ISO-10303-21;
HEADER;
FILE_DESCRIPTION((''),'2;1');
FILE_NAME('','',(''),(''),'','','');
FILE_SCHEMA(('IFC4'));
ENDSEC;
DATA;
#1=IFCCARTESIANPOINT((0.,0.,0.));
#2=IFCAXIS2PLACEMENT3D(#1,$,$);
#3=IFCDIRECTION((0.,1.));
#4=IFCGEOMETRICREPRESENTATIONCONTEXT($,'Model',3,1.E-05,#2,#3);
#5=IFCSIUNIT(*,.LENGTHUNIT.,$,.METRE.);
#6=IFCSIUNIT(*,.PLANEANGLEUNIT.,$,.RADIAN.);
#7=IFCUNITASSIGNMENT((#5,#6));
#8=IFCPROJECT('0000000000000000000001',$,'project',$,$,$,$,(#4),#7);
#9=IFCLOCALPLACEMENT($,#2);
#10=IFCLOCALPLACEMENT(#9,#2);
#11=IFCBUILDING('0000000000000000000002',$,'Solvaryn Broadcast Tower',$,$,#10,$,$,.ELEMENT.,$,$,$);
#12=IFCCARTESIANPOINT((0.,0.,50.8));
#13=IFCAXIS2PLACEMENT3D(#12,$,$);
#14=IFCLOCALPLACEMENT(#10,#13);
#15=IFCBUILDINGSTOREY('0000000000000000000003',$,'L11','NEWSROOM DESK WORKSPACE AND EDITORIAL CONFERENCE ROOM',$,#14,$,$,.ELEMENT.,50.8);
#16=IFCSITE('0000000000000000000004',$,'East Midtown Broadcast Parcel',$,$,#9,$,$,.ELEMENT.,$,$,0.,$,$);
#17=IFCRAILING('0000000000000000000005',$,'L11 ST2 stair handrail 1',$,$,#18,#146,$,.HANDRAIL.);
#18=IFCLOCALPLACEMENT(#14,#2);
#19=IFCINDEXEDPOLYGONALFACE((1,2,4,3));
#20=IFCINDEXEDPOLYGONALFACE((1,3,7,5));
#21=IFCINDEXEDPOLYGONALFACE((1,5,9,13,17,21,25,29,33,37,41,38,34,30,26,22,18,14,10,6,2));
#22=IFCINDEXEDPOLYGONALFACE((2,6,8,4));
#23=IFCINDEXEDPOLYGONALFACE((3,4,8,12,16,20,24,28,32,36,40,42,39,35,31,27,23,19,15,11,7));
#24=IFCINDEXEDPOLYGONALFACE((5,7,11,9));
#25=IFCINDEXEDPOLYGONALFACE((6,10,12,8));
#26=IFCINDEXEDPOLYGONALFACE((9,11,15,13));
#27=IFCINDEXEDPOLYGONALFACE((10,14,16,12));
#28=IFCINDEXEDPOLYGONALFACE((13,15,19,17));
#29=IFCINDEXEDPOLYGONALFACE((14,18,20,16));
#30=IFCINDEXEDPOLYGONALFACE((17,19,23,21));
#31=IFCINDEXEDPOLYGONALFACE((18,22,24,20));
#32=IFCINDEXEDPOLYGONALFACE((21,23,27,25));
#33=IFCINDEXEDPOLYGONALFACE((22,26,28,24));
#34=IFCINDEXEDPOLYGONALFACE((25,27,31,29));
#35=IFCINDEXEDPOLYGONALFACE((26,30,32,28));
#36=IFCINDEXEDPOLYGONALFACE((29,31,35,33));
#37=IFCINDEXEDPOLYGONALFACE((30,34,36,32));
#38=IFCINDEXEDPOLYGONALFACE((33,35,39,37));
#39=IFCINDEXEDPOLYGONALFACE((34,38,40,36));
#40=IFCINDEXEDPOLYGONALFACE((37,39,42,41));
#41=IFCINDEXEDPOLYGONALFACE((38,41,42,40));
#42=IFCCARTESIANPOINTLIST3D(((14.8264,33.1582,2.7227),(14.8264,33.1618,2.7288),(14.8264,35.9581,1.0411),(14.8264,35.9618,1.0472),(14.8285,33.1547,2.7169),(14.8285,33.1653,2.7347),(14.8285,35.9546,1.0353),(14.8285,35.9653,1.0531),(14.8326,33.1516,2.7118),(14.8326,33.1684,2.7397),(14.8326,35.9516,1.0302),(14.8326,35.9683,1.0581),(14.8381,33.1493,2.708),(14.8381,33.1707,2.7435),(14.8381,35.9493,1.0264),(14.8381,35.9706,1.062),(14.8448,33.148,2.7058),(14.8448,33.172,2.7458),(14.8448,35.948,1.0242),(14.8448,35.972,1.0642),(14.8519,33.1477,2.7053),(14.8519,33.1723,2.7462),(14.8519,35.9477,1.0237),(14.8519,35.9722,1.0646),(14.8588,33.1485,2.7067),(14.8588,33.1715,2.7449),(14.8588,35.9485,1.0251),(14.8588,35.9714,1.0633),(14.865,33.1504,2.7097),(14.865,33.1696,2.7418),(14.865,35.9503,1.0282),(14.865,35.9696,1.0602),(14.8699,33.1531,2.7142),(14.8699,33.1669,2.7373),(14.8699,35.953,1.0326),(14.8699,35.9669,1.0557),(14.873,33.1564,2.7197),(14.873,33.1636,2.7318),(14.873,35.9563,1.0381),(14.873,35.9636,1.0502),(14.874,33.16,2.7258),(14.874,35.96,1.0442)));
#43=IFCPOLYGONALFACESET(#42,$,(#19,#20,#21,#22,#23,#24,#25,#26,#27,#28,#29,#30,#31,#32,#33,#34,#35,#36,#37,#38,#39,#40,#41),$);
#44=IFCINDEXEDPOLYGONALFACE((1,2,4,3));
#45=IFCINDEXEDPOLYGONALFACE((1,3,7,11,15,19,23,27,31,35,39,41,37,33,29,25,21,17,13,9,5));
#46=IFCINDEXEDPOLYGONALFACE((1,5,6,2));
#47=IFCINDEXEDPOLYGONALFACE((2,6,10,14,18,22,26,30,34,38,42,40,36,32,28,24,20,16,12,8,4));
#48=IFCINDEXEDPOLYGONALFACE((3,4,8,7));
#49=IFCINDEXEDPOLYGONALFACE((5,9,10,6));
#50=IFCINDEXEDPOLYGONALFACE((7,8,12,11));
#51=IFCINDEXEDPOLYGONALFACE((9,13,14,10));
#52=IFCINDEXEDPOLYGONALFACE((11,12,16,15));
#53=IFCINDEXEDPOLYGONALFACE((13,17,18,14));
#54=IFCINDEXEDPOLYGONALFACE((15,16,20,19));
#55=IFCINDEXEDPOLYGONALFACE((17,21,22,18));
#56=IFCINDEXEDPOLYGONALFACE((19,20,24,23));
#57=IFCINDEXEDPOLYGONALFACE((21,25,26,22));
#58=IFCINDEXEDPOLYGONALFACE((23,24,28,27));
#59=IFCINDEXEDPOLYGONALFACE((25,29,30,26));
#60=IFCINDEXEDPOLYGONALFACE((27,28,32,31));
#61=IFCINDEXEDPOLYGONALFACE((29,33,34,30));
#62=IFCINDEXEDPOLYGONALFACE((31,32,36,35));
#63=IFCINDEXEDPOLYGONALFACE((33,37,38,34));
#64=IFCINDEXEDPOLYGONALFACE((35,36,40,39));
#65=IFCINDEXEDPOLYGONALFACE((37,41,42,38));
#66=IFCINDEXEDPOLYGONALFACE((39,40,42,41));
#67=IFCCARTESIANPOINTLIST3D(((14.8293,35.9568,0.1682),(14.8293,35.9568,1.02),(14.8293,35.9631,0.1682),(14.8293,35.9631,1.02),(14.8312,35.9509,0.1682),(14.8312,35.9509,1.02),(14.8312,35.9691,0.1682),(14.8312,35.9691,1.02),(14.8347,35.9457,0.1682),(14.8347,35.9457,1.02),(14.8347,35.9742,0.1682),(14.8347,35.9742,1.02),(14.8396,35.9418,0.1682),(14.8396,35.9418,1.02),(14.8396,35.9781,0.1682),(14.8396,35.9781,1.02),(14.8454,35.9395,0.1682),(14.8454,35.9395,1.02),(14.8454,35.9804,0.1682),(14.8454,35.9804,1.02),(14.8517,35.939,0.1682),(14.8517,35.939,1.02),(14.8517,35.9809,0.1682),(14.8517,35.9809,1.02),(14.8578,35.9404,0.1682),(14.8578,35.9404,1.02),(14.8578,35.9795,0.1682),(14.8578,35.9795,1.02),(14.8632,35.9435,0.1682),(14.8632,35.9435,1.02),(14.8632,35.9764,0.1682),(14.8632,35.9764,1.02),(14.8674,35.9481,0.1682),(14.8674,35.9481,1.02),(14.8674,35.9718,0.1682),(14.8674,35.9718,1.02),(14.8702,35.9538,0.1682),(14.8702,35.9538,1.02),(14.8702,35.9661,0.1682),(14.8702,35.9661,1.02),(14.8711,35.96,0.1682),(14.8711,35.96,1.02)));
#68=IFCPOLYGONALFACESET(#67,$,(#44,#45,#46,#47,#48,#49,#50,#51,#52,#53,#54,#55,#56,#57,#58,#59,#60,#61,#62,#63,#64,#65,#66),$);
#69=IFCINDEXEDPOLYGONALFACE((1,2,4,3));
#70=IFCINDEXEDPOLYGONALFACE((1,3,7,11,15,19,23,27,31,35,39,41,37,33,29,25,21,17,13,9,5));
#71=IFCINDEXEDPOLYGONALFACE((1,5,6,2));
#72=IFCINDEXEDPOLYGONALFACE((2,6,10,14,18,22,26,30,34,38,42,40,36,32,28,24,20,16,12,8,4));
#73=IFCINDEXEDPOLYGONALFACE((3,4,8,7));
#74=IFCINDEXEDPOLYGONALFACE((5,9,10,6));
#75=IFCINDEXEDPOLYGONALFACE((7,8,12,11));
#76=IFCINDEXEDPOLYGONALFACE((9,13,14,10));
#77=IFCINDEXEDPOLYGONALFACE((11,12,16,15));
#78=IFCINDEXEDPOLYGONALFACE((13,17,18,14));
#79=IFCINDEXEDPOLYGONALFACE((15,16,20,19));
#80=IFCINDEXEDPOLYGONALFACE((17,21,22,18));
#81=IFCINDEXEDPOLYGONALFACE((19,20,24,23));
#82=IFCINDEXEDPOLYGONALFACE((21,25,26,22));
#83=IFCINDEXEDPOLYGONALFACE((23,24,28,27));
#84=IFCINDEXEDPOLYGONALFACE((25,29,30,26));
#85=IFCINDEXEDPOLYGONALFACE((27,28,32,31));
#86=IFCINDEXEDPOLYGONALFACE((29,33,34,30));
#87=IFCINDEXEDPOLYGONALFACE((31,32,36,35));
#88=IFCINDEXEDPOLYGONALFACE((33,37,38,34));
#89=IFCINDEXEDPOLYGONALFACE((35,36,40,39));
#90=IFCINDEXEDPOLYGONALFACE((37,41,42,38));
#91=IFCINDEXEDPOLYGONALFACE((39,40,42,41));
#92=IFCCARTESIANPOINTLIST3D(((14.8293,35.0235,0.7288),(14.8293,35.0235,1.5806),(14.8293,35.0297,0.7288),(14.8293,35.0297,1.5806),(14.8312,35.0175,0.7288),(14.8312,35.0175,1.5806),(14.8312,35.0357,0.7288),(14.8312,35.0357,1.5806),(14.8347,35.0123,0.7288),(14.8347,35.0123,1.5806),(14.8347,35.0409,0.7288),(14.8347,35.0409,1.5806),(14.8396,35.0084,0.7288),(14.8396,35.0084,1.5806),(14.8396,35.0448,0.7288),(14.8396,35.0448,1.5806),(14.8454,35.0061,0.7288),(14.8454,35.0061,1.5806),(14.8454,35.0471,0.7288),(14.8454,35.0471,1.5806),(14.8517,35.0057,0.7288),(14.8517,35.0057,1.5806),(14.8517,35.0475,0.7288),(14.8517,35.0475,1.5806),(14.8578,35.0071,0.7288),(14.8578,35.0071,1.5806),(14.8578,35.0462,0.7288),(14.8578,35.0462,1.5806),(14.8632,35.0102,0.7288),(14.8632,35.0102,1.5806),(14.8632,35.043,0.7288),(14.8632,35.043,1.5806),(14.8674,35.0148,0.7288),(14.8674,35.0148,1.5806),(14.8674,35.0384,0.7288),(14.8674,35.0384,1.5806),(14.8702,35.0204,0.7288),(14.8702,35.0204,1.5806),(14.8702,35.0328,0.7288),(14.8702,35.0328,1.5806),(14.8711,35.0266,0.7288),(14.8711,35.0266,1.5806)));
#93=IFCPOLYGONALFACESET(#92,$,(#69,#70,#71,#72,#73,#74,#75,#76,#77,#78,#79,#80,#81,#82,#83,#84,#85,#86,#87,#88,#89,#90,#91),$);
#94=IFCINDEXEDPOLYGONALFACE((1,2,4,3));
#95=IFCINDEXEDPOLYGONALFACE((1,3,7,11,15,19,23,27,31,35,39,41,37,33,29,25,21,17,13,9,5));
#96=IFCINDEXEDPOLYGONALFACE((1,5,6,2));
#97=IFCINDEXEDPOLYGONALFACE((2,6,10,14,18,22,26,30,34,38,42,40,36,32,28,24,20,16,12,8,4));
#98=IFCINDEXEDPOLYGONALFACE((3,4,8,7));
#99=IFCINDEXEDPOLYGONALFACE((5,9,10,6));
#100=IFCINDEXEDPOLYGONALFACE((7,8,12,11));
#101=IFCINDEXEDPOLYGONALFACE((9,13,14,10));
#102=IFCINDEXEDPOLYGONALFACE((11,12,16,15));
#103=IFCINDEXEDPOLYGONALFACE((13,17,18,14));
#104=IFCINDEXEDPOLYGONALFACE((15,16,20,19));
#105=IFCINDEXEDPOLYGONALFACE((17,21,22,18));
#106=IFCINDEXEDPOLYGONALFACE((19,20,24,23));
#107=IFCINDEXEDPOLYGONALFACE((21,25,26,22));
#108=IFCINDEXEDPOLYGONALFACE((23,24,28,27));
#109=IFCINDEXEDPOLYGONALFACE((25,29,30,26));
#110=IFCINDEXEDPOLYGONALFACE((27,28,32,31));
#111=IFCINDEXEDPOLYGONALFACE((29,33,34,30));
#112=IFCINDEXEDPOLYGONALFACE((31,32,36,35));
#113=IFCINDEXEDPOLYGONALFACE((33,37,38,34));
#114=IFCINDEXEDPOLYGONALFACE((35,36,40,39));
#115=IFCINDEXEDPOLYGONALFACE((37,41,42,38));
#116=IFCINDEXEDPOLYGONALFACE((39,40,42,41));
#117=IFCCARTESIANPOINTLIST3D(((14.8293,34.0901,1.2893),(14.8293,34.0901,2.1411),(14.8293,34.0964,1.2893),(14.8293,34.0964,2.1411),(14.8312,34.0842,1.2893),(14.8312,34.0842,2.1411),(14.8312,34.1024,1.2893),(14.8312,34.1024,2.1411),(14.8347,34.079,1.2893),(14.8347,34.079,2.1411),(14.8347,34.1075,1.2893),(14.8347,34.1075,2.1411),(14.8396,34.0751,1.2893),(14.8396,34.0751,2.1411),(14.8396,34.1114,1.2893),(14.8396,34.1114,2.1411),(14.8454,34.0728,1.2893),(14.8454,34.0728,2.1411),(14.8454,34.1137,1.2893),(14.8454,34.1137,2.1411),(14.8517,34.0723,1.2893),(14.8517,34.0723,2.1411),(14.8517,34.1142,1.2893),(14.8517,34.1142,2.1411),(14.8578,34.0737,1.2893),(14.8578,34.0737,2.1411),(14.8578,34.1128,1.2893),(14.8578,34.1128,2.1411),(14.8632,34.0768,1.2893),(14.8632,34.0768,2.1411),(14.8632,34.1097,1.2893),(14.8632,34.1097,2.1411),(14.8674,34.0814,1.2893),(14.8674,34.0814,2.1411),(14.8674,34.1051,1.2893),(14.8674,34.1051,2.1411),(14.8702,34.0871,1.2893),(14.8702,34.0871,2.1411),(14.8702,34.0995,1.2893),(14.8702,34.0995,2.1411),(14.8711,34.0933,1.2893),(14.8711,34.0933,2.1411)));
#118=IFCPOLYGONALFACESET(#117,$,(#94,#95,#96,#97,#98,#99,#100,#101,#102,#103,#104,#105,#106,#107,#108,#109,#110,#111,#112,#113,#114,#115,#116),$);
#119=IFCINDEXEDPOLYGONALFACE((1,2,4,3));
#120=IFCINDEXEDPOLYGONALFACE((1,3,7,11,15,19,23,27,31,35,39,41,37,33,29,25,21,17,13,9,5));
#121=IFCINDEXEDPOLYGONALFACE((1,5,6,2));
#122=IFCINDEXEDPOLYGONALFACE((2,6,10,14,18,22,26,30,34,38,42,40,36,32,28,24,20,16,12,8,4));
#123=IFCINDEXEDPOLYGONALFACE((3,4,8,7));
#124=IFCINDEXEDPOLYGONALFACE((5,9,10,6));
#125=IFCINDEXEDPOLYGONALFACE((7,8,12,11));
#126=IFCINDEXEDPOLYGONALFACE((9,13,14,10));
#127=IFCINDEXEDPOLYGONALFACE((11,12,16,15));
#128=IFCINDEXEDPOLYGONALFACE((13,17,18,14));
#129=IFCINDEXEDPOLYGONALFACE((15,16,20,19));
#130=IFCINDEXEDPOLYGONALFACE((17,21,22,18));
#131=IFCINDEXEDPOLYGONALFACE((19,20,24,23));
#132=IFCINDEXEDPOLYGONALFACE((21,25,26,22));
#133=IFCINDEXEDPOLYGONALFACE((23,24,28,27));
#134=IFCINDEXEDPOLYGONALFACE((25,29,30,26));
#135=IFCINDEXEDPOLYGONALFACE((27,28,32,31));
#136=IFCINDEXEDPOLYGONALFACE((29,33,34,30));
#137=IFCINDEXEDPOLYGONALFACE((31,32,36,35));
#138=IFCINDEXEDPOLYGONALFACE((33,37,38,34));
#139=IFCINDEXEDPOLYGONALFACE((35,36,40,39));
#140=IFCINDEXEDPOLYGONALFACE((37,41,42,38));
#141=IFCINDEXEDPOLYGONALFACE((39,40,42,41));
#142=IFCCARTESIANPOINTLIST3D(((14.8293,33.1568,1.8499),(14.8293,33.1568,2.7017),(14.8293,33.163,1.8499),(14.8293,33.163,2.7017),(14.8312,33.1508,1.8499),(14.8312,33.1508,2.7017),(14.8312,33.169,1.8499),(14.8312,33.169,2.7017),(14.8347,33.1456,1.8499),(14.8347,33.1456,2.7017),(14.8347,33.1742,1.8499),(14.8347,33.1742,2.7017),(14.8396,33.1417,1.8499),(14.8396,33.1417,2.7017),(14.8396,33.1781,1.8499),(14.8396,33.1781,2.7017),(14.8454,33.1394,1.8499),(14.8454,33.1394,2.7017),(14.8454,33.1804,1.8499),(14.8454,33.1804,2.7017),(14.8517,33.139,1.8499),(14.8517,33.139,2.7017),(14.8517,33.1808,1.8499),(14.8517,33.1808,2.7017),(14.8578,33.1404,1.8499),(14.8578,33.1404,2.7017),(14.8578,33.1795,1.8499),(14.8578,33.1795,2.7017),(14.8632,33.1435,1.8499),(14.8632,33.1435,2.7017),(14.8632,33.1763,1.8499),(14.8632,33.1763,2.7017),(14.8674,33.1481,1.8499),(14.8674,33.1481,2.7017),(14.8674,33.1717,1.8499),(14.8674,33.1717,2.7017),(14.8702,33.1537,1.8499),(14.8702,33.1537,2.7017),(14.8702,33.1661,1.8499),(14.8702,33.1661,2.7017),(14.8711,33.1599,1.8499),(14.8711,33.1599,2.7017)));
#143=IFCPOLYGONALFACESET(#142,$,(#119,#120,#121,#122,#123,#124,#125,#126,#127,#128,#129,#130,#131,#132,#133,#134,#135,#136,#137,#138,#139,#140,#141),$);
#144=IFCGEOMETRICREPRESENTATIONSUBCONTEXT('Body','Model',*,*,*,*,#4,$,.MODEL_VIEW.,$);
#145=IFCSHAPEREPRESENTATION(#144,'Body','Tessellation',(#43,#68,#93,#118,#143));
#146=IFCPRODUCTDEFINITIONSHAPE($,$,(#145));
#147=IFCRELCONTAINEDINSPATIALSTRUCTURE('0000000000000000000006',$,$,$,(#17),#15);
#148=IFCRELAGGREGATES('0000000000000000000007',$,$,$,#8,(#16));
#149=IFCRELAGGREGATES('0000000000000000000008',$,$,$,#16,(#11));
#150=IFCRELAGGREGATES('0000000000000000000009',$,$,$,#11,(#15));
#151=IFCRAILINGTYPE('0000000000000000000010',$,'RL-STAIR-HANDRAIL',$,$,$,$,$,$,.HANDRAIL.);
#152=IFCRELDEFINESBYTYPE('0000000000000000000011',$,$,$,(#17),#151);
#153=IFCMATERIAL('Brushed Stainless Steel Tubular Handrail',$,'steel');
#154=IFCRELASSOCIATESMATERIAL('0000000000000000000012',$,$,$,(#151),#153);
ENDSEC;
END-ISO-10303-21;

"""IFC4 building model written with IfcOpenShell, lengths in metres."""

from ifc_helpers import new_model, si_unit, direction, frame, origin, origin_2d, place, context, subcontext, project, spatial, circle, extrude, material, type_object, element, save


model = new_model("IFC4")

# Units and contexts
model_context = context("Model", 3, precision=1e-05, world=origin(), true_north=direction((0.0, 1.0)))
body_context = subcontext(model_context, "Body", "Model", "MODEL_VIEW")
ifc_project = project(units=[si_unit("LENGTHUNIT", "METRE"), si_unit("PLANEANGLEUNIT", "RADIAN")], contexts=[model_context])

# Site, building, storey
site_placement = place(None, origin())
site = spatial("IfcSite", under=ifc_project, at=site_placement, Name="East Midtown Broadcast Parcel", CompositionType="ELEMENT", RefElevation=0.0)
building_placement = place(site_placement, origin())
building = spatial("IfcBuilding", under=site, at=building_placement, Name="Solvaryn Broadcast Tower", CompositionType="ELEMENT")
storey_placement = place(building_placement, frame((0.0, 0.0, 50.8)))
storey = spatial("IfcBuildingStorey", under=building, at=storey_placement, Name="L11", Description="NEWSROOM DESK WORKSPACE AND EDITORIAL CONFERENCE ROOM", CompositionType="ELEMENT", Elevation=50.8)

# Railing
ifc_material_1 = material(Name="Brushed Stainless Steel Tubular Handrail", Category="steel")
railing_type_1 = type_object("IfcRailingType", Name="RL-STAIR-HANDRAIL", PredefinedType="HANDRAIL", material=ifc_material_1)
railing_1_placement = place(storey_placement, frame((14.8501, 35.96, 0.1682)))
element("IfcRailing", 1, at=railing_1_placement, inside=storey, type_object=railing_type_1, Name="L11 ST2 stair handrail 1", PredefinedType="HANDRAIL", context=body_context, shape_type="SweptSolid", body=[
    extrude(circle(Radius=0.0239, at=origin_2d()), frame((0.0, 0.0, 0.876), z_axis=(0.0, -0.857275, 0.514858), x_axis=(1.0, 0.0, 0.0)), (0.0, 0.0, 1.0), 3.2661),
    extrude(circle(Radius=0.021, at=origin_2d()), origin(), (0.0, 0.0, 1.0), 0.8518),
    extrude(circle(Radius=0.021, at=origin_2d()), frame((0.0, -0.9333, 0.5605)), (0.0, 0.0, 1.0), 0.8518),
    extrude(circle(Radius=0.021, at=origin_2d()), frame((0.0, -1.8667, 1.1211)), (0.0, 0.0, 1.0), 0.8518),
    extrude(circle(Radius=0.021, at=origin_2d()), frame((0.0, -2.8, 1.6816)), (0.0, 0.0, 1.0), 0.8518),
])

save(model, "model.ifc")
